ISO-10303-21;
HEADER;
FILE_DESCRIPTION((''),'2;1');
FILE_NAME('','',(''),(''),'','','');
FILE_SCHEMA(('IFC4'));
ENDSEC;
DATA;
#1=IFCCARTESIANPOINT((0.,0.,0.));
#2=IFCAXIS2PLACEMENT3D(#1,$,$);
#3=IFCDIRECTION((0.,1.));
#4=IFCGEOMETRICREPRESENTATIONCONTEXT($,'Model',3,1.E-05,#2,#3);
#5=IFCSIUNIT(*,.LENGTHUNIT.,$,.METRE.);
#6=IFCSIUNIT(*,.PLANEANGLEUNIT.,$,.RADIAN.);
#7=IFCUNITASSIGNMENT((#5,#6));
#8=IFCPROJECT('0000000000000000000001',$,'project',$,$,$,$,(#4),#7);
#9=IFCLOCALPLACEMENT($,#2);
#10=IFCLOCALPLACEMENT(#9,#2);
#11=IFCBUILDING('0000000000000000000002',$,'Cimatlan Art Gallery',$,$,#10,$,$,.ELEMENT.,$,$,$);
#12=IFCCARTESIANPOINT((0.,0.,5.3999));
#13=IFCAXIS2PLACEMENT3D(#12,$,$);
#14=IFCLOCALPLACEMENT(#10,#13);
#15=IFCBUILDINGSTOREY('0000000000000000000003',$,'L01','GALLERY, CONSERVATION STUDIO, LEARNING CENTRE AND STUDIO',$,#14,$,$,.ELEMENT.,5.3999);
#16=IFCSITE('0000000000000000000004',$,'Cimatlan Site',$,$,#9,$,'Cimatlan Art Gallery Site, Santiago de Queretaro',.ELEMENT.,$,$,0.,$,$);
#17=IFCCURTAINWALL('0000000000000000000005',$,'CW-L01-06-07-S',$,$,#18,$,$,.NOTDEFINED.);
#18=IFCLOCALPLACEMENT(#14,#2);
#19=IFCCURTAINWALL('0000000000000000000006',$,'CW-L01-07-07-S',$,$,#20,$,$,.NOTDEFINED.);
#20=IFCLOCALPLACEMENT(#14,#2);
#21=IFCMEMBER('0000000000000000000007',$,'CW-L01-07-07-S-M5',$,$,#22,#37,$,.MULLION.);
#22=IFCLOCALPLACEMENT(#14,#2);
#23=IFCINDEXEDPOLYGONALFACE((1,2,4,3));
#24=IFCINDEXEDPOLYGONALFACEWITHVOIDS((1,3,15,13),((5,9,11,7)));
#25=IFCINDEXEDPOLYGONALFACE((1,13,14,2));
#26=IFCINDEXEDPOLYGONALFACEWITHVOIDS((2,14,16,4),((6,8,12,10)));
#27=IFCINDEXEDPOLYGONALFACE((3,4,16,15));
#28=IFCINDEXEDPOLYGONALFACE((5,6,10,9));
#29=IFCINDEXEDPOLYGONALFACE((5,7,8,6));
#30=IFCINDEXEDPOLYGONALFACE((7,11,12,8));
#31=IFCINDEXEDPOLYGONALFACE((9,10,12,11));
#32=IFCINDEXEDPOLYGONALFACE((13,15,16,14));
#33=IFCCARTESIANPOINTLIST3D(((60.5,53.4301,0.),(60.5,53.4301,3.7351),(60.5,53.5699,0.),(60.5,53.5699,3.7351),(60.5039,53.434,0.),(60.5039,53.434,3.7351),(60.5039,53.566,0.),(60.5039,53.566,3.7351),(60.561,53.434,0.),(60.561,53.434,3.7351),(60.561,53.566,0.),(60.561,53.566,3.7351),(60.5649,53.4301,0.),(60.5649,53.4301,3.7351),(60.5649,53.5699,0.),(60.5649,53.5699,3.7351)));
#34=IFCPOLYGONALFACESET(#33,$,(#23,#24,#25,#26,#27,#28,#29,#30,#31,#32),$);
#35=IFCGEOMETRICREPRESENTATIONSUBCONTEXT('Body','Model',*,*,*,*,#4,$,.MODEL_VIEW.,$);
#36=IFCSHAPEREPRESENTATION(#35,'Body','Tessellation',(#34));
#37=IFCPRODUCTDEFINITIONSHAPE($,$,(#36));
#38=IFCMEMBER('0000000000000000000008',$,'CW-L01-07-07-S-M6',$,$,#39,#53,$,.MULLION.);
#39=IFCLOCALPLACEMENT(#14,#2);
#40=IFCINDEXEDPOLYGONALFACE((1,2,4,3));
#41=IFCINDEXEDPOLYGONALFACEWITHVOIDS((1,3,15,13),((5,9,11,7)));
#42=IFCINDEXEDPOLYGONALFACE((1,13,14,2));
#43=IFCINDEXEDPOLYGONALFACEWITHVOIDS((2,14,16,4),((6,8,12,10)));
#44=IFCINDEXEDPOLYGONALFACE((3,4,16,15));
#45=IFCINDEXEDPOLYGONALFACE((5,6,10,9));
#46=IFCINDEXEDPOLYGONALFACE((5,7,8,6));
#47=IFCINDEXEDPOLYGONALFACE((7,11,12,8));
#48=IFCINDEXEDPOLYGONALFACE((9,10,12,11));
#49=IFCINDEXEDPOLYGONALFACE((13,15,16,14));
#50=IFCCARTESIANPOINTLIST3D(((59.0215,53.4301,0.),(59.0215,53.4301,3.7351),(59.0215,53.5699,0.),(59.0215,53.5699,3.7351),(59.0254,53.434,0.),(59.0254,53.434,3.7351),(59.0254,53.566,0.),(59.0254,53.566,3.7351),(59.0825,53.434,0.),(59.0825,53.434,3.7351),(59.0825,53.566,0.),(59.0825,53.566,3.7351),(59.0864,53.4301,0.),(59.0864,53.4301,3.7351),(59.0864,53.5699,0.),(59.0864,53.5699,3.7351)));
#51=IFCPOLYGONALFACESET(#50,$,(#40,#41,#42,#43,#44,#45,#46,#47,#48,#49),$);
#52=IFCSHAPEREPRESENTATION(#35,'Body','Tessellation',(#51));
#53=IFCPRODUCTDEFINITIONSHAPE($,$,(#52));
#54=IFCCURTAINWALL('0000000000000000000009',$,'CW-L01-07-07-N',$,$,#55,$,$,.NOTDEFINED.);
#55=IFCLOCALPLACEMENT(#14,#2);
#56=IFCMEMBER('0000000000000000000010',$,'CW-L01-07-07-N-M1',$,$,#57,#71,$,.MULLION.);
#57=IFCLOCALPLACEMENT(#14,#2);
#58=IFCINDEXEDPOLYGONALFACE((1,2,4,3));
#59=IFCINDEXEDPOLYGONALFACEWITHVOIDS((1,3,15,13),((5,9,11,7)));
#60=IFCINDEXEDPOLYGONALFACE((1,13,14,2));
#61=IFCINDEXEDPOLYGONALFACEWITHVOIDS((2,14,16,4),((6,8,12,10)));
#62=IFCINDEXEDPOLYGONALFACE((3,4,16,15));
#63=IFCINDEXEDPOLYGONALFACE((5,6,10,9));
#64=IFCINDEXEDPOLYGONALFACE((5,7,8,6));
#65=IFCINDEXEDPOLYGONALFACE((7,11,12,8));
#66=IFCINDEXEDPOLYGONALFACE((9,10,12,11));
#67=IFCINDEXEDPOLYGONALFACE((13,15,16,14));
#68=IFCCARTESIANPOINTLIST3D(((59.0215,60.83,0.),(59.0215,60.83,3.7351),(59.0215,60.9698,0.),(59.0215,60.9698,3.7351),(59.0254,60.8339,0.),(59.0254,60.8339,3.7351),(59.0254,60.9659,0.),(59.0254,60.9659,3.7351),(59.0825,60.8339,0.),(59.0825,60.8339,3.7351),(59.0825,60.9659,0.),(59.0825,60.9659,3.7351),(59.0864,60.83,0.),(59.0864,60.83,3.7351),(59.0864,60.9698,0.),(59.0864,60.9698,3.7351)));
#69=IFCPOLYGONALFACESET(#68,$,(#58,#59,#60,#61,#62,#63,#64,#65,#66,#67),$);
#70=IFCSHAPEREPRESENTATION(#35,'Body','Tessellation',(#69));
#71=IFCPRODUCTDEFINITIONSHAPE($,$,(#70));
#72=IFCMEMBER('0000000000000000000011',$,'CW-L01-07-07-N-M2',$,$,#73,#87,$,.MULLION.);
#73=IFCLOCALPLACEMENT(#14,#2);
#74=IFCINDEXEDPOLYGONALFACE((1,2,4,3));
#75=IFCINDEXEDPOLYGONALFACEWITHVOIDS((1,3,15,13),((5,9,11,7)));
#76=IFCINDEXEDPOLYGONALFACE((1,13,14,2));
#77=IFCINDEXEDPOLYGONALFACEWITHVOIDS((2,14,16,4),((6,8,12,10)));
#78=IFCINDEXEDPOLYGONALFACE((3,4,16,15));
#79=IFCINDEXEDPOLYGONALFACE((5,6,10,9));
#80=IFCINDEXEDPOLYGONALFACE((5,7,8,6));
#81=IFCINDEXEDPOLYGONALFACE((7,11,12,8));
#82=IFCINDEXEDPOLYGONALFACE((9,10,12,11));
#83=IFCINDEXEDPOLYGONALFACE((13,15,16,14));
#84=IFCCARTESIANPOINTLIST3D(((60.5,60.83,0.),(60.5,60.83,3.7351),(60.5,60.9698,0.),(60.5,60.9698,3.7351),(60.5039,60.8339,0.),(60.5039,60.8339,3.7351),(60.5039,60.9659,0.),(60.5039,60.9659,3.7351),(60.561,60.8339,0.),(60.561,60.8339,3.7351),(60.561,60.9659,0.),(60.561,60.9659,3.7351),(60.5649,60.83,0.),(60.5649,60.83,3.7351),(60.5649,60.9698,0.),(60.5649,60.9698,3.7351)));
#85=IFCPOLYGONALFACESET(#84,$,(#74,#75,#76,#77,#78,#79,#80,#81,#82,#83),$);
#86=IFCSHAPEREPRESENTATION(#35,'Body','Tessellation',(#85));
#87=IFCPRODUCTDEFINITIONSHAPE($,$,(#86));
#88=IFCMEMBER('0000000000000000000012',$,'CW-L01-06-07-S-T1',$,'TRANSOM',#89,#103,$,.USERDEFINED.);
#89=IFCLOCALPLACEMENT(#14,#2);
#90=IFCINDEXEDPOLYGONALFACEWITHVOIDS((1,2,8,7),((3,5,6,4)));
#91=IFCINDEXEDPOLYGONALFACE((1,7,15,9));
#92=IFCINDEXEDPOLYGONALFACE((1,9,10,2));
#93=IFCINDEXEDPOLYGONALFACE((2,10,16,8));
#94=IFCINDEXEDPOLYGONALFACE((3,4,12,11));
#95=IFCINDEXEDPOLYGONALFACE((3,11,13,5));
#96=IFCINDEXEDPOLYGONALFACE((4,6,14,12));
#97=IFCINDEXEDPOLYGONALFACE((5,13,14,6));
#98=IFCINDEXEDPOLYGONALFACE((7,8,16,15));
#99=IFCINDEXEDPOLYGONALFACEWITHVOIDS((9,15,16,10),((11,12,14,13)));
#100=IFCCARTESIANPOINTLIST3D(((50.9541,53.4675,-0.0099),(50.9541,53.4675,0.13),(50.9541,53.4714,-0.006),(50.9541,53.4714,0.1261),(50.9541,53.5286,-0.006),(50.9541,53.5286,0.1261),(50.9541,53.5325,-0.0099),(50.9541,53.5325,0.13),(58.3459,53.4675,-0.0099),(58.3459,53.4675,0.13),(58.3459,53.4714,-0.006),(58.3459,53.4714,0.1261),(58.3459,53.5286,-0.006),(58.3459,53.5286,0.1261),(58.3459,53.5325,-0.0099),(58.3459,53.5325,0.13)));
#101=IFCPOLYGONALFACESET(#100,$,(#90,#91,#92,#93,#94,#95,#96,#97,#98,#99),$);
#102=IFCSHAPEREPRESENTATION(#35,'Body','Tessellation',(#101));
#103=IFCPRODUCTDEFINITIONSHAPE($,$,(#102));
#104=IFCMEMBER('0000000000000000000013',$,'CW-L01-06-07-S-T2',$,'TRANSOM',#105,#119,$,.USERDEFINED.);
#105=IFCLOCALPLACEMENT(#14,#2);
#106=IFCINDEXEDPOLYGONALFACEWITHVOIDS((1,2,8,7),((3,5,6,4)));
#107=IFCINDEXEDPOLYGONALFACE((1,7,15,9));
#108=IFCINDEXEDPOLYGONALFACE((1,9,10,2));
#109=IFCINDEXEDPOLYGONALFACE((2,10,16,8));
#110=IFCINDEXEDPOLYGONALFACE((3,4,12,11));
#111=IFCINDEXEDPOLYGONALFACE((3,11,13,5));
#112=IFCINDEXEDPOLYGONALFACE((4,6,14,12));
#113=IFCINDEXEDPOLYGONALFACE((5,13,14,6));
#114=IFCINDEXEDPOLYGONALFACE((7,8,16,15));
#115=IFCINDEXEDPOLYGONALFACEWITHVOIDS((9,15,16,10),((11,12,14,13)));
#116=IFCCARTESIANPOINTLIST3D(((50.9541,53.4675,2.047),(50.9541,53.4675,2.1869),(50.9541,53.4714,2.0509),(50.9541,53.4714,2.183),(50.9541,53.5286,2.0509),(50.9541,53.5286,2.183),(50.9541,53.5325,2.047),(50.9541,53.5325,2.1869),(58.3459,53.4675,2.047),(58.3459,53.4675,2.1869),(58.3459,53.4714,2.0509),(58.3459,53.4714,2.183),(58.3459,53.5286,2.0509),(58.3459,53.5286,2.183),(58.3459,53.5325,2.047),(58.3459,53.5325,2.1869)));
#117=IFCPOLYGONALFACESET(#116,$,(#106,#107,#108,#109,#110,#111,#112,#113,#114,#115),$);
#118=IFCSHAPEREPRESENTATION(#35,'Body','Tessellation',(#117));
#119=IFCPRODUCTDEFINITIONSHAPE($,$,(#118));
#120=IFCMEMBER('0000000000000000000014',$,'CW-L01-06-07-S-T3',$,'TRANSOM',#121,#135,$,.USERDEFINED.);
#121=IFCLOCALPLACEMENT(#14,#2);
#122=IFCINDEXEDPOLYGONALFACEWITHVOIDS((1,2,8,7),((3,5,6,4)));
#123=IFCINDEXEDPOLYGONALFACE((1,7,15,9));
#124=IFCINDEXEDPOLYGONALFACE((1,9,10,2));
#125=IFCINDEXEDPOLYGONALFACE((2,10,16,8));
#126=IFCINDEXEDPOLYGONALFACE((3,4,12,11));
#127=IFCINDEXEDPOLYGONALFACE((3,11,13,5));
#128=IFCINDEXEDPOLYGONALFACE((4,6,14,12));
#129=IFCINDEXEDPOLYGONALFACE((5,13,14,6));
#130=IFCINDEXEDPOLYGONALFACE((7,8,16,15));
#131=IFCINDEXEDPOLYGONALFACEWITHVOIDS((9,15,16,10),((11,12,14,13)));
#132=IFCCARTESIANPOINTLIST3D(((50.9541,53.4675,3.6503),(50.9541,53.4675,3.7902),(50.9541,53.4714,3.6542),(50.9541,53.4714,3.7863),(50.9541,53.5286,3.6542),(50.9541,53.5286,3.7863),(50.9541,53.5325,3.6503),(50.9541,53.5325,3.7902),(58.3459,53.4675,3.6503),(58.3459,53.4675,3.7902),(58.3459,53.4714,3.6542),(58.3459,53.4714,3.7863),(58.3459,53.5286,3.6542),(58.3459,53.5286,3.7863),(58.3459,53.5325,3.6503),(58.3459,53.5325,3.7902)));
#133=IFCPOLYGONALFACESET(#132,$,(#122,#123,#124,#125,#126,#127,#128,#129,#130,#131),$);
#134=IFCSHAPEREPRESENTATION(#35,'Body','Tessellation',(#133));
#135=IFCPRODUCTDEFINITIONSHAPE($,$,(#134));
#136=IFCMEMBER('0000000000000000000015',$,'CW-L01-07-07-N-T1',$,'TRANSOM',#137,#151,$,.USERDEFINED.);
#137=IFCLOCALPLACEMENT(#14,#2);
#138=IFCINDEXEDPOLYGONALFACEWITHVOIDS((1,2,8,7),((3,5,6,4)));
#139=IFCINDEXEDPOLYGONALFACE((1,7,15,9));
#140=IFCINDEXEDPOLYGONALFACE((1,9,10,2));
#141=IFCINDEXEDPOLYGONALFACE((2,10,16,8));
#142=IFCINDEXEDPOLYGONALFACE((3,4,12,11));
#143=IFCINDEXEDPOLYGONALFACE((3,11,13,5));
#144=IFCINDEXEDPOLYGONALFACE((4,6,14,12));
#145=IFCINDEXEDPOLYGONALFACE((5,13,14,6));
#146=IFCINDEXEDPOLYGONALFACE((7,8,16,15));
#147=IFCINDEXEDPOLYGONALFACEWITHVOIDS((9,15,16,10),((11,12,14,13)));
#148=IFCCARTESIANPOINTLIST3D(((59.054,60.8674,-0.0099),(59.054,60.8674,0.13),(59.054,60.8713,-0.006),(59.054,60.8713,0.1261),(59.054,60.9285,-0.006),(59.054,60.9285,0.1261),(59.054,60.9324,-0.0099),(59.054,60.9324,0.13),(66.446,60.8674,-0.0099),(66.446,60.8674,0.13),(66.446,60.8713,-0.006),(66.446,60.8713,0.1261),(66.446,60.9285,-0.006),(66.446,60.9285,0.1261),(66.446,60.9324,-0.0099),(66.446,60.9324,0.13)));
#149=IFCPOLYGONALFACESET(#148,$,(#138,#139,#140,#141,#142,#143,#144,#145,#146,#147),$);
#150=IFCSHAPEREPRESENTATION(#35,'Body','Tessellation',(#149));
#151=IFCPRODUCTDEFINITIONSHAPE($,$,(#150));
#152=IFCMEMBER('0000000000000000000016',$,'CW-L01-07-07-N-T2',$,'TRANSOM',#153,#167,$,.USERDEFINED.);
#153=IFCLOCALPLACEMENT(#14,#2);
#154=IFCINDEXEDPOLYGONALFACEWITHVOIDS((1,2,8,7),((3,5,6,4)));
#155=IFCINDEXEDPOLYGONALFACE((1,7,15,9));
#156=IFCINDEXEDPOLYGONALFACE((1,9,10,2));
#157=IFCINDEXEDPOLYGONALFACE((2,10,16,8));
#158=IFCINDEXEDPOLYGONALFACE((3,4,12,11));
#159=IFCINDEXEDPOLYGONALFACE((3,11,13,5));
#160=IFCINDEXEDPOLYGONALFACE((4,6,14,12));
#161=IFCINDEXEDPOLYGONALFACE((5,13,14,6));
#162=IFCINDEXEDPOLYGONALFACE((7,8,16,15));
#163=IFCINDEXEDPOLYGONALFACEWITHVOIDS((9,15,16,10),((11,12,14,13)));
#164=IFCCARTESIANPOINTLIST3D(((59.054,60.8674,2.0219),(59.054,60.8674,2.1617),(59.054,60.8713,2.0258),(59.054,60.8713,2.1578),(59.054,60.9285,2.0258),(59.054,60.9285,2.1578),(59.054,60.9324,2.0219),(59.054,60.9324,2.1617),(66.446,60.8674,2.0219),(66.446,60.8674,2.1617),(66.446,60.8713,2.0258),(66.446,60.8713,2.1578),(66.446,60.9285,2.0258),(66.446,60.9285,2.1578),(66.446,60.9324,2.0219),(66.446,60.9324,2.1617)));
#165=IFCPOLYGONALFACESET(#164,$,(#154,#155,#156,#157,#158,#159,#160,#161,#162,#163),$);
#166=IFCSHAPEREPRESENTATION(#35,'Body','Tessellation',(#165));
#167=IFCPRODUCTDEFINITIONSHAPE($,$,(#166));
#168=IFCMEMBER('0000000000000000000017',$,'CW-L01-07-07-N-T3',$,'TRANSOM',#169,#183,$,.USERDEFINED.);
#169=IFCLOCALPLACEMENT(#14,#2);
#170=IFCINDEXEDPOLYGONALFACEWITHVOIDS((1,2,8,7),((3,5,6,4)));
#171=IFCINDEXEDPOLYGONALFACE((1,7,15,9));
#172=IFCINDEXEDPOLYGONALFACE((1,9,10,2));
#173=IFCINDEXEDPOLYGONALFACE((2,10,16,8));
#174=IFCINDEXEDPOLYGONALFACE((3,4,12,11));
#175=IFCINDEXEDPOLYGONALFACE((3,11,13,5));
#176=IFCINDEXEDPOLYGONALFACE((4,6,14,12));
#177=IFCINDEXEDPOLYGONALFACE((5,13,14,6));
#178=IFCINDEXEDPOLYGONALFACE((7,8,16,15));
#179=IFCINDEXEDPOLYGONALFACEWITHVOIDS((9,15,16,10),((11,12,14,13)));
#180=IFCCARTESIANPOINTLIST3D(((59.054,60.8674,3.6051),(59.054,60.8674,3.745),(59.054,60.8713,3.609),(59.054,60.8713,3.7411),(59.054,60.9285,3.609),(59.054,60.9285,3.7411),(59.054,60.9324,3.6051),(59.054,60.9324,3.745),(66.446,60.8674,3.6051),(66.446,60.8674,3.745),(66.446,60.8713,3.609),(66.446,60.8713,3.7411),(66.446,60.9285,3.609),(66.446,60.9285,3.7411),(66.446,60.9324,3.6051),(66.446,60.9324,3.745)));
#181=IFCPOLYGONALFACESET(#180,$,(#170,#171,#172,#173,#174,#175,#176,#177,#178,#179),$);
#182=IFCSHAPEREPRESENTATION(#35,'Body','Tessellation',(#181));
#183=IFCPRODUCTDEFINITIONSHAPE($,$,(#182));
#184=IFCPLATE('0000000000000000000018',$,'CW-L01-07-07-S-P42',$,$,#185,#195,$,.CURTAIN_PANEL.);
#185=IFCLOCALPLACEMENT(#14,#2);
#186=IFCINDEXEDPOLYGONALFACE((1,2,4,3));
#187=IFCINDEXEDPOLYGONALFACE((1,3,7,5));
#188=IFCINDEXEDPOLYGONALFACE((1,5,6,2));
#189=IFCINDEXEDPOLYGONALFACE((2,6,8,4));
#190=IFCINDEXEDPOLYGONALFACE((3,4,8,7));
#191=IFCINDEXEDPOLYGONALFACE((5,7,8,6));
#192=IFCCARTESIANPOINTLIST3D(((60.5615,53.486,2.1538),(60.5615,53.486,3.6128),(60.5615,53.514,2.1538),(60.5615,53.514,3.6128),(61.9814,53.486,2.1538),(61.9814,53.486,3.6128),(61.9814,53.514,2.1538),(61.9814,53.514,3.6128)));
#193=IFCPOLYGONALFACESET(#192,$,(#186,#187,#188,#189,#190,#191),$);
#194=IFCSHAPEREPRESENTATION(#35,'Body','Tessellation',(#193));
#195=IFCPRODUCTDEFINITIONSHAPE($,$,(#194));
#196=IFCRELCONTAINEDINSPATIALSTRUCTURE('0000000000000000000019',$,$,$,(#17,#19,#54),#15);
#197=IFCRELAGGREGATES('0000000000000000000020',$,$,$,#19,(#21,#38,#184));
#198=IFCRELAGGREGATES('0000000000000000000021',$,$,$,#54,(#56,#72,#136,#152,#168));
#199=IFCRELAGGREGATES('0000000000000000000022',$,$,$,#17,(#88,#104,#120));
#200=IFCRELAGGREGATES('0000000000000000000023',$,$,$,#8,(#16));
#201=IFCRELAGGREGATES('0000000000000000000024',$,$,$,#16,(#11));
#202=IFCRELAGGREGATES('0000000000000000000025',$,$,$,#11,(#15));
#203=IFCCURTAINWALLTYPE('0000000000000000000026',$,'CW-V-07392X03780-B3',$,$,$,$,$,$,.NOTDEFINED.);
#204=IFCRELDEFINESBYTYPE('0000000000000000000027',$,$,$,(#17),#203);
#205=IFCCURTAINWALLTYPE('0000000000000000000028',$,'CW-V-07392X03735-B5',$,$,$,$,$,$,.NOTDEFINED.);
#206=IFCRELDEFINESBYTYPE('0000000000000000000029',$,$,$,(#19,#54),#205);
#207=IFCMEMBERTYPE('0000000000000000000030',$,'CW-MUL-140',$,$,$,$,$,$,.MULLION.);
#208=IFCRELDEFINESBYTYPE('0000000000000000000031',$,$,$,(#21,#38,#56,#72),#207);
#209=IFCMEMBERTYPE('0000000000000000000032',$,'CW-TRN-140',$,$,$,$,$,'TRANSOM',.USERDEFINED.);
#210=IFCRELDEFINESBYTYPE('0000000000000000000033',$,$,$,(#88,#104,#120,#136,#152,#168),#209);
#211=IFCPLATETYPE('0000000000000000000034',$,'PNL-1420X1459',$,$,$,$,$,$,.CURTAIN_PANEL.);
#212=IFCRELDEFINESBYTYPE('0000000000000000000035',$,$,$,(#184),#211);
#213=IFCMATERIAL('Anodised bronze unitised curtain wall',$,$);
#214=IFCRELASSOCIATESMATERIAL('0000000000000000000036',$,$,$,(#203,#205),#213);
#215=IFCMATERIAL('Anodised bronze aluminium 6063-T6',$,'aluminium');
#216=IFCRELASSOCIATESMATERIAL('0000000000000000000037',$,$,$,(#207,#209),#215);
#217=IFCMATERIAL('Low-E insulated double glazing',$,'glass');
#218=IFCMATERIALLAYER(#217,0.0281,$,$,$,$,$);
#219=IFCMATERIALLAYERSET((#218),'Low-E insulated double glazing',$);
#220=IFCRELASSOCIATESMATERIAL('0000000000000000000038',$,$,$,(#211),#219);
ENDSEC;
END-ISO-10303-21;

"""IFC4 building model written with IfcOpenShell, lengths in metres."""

from ifc_helpers import new_model, si_unit, direction, frame, origin, origin_2d, place, context, subcontext, project, spatial, rectangle, hollow_rectangle, extrude, material, layer, layer_set, material_profile, profile_set, type_object, element, aggregate, save


model = new_model("IFC4")

# Units and contexts
model_context = context("Model", 3, precision=1e-05, world=origin(), true_north=direction((0.0, 1.0)))
body_context = subcontext(model_context, "Body", "Model", "MODEL_VIEW")
ifc_project = project(units=[si_unit("LENGTHUNIT", "METRE"), si_unit("PLANEANGLEUNIT", "RADIAN")], contexts=[model_context])

# Site, building, storey
site_placement = place(None, origin())
site = spatial("IfcSite", under=ifc_project, at=site_placement, Name="Cimatlan Site", LongName="Cimatlan Art Gallery Site, Santiago de Queretaro", CompositionType="ELEMENT", RefElevation=0.0)
building_placement = place(site_placement, origin())
building = spatial("IfcBuilding", under=site, at=building_placement, Name="Cimatlan Art Gallery", CompositionType="ELEMENT")
storey_placement = place(building_placement, frame((0.0, 0.0, 5.3999)))
storey = spatial("IfcBuildingStorey", under=building, at=storey_placement, Name="L01", Description="GALLERY, CONSERVATION STUDIO, LEARNING CENTRE AND STUDIO", CompositionType="ELEMENT", Elevation=5.3999)

# Curtain walls, members
ifc_material_1 = material(Name="Anodised bronze unitised curtain wall")
curtain_wall_type_1 = type_object("IfcCurtainWallType", Name="CW-V-07392X03780-B3", PredefinedType="NOTDEFINED", material=ifc_material_1)
curtain_wall_1_placement = place(storey_placement, origin())
curtain_wall_1 = element("IfcCurtainWall", 1, at=curtain_wall_1_placement, inside=storey, type_object=curtain_wall_type_1, Name="CW-L01-06-07-S", PredefinedType="NOTDEFINED")
ifc_material_2 = material(Name="Anodised bronze aluminium 6063-T6", Category="aluminium")
ifc_material_profile_1 = material_profile(ifc_material_2, hollow_rectangle(XDim=0.0649, YDim=0.1399, WallThickness=0.0039, at=origin_2d()), Name="ALU65X140X4")
ifc_profile_set_1 = profile_set([ifc_material_profile_1], Name="Anodised bronze aluminium 6063-T6")
member_type_1 = type_object("IfcMemberType", Name="CW-MUL-140", PredefinedType="MULLION", material=ifc_profile_set_1)
curtain_wall_type_2 = type_object("IfcCurtainWallType", Name="CW-V-07392X03735-B5", PredefinedType="NOTDEFINED", material=ifc_material_1)
curtain_wall_2_placement = place(storey_placement, origin())
curtain_wall_2 = element("IfcCurtainWall", 2, at=curtain_wall_2_placement, inside=storey, type_object=curtain_wall_type_2, Name="CW-L01-07-07-S", PredefinedType="NOTDEFINED")
member_1_placement = place(storey_placement, frame((60.5325, 53.5, 0.0), z_axis=(0.0, 0.0, 1.0), x_axis=(1.0, 0.0, 0.0)))
member_1 = element("IfcMember", 3, at=member_1_placement, type_object=member_type_1, Name="CW-L01-07-07-S-M5", PredefinedType="MULLION", context=body_context, shape_type="SweptSolid", body=[
    extrude(hollow_rectangle(XDim=0.0649, YDim=0.1399, WallThickness=0.0039, at=origin_2d()), origin(), (0.0, 0.0, 1.0), 3.7351),
])
member_2_placement = place(storey_placement, frame((59.054, 53.5, 0.0), z_axis=(0.0, 0.0, 1.0), x_axis=(1.0, 0.0, 0.0)))
member_2 = element("IfcMember", 4, at=member_2_placement, type_object=member_type_1, Name="CW-L01-07-07-S-M6", PredefinedType="MULLION", context=body_context, shape_type="SweptSolid", body=[
    extrude(hollow_rectangle(XDim=0.0649, YDim=0.1399, WallThickness=0.0039, at=origin_2d()), origin(), (0.0, 0.0, 1.0), 3.7351),
])
curtain_wall_3_placement = place(storey_placement, origin())
curtain_wall_3 = element("IfcCurtainWall", 5, at=curtain_wall_3_placement, inside=storey, type_object=curtain_wall_type_2, Name="CW-L01-07-07-N", PredefinedType="NOTDEFINED")
member_3_placement = place(storey_placement, frame((59.054, 60.8999, 0.0), z_axis=(0.0, 0.0, 1.0), x_axis=(1.0, 0.0, 0.0)))
member_3 = element("IfcMember", 6, at=member_3_placement, type_object=member_type_1, Name="CW-L01-07-07-N-M1", PredefinedType="MULLION", context=body_context, shape_type="SweptSolid", body=[
    extrude(hollow_rectangle(XDim=0.0649, YDim=0.1399, WallThickness=0.0039, at=origin_2d()), origin(), (0.0, 0.0, 1.0), 3.7351),
])
member_4_placement = place(storey_placement, frame((60.5325, 60.8999, 0.0), z_axis=(0.0, 0.0, 1.0), x_axis=(1.0, 0.0, 0.0)))
member_4 = element("IfcMember", 7, at=member_4_placement, type_object=member_type_1, Name="CW-L01-07-07-N-M2", PredefinedType="MULLION", context=body_context, shape_type="SweptSolid", body=[
    extrude(hollow_rectangle(XDim=0.0649, YDim=0.1399, WallThickness=0.0039, at=origin_2d()), origin(), (0.0, 0.0, 1.0), 3.7351),
])

# Members
ifc_material_profile_2 = material_profile(ifc_material_2, hollow_rectangle(XDim=0.0649, YDim=0.1399, WallThickness=0.0039, at=origin_2d()), Name="ALU65X140X4")
ifc_profile_set_2 = profile_set([ifc_material_profile_2], Name="Anodised bronze aluminium 6063-T6")
member_type_2 = type_object("IfcMemberType", Name="CW-TRN-140", ElementType="TRANSOM", PredefinedType="USERDEFINED", material=ifc_profile_set_2)
member_5_placement = place(storey_placement, frame((58.3459, 53.5, 0.0601), z_axis=(-1.0, 0.0, 0.0), x_axis=(0.0, -1.0, 0.0)))
member_5 = element("IfcMember", 8, at=member_5_placement, type_object=member_type_2, Name="CW-L01-06-07-S-T1", ObjectType="TRANSOM", PredefinedType="USERDEFINED", context=body_context, shape_type="SweptSolid", body=[
    extrude(hollow_rectangle(XDim=0.0649, YDim=0.1399, WallThickness=0.0039, at=origin_2d()), origin(), (0.0, 0.0, 1.0), 7.3918),
])
member_6_placement = place(storey_placement, frame((58.3459, 53.5, 2.1169), z_axis=(-1.0, 0.0, 0.0), x_axis=(0.0, -1.0, 0.0)))
member_6 = element("IfcMember", 9, at=member_6_placement, type_object=member_type_2, Name="CW-L01-06-07-S-T2", ObjectType="TRANSOM", PredefinedType="USERDEFINED", context=body_context, shape_type="SweptSolid", body=[
    extrude(hollow_rectangle(XDim=0.0649, YDim=0.1399, WallThickness=0.0039, at=origin_2d()), origin(), (0.0, 0.0, 1.0), 7.3918),
])
member_7_placement = place(storey_placement, frame((58.3459, 53.5, 3.7202), z_axis=(-1.0, 0.0, 0.0), x_axis=(0.0, -1.0, 0.0)))
member_7 = element("IfcMember", 10, at=member_7_placement, type_object=member_type_2, Name="CW-L01-06-07-S-T3", ObjectType="TRANSOM", PredefinedType="USERDEFINED", context=body_context, shape_type="SweptSolid", body=[
    extrude(hollow_rectangle(XDim=0.0649, YDim=0.1399, WallThickness=0.0039, at=origin_2d()), origin(), (0.0, 0.0, 1.0), 7.3918),
])
member_8_placement = place(storey_placement, frame((59.054, 60.8999, 0.0601), z_axis=(1.0, 0.0, 0.0), x_axis=(0.0, 1.0, 0.0)))
member_8 = element("IfcMember", 11, at=member_8_placement, type_object=member_type_2, Name="CW-L01-07-07-N-T1", ObjectType="TRANSOM", PredefinedType="USERDEFINED", context=body_context, shape_type="SweptSolid", body=[
    extrude(hollow_rectangle(XDim=0.0649, YDim=0.1399, WallThickness=0.0039, at=origin_2d()), origin(), (0.0, 0.0, 1.0), 7.3921),
])
member_9_placement = place(storey_placement, frame((59.054, 60.8999, 2.0918), z_axis=(1.0, 0.0, 0.0), x_axis=(0.0, 1.0, 0.0)))
member_9 = element("IfcMember", 12, at=member_9_placement, type_object=member_type_2, Name="CW-L01-07-07-N-T2", ObjectType="TRANSOM", PredefinedType="USERDEFINED", context=body_context, shape_type="SweptSolid", body=[
    extrude(hollow_rectangle(XDim=0.0649, YDim=0.1399, WallThickness=0.0039, at=origin_2d()), origin(), (0.0, 0.0, 1.0), 7.3921),
])
member_10_placement = place(storey_placement, frame((59.054, 60.8999, 3.675), z_axis=(1.0, 0.0, 0.0), x_axis=(0.0, 1.0, 0.0)))
member_10 = element("IfcMember", 13, at=member_10_placement, type_object=member_type_2, Name="CW-L01-07-07-N-T3", ObjectType="TRANSOM", PredefinedType="USERDEFINED", context=body_context, shape_type="SweptSolid", body=[
    extrude(hollow_rectangle(XDim=0.0649, YDim=0.1399, WallThickness=0.0039, at=origin_2d()), origin(), (0.0, 0.0, 1.0), 7.3921),
])

# Plate
ifc_material_3 = material(Name="Low-E insulated double glazing", Category="glass")
ifc_layer_1 = layer(ifc_material_3, 0.0281)
ifc_layer_set_1 = layer_set([ifc_layer_1], Name="Low-E insulated double glazing")
plate_type_1 = type_object("IfcPlateType", Name="PNL-1420X1459", PredefinedType="CURTAIN_PANEL", material=ifc_layer_set_1)
plate_1_placement = place(storey_placement, frame((61.2715, 53.5, 2.1538), z_axis=(0.0, 0.0, 1.0), x_axis=(-1.0, 0.0, 0.0)))
plate_1 = element("IfcPlate", 14, at=plate_1_placement, type_object=plate_type_1, Name="CW-L01-07-07-S-P42", PredefinedType="CURTAIN_PANEL", context=body_context, shape_type="SweptSolid", body=[
    extrude(rectangle(XDim=1.4199, YDim=0.0281, at=origin_2d()), origin(), (0.0, 0.0, 1.0), 1.459),
])
aggregate(curtain_wall_2, [member_1, member_2, plate_1])
aggregate(curtain_wall_3, [member_3, member_4, member_8, member_9, member_10])
aggregate(curtain_wall_1, [member_5, member_6, member_7])

save(model, "model.ifc")
